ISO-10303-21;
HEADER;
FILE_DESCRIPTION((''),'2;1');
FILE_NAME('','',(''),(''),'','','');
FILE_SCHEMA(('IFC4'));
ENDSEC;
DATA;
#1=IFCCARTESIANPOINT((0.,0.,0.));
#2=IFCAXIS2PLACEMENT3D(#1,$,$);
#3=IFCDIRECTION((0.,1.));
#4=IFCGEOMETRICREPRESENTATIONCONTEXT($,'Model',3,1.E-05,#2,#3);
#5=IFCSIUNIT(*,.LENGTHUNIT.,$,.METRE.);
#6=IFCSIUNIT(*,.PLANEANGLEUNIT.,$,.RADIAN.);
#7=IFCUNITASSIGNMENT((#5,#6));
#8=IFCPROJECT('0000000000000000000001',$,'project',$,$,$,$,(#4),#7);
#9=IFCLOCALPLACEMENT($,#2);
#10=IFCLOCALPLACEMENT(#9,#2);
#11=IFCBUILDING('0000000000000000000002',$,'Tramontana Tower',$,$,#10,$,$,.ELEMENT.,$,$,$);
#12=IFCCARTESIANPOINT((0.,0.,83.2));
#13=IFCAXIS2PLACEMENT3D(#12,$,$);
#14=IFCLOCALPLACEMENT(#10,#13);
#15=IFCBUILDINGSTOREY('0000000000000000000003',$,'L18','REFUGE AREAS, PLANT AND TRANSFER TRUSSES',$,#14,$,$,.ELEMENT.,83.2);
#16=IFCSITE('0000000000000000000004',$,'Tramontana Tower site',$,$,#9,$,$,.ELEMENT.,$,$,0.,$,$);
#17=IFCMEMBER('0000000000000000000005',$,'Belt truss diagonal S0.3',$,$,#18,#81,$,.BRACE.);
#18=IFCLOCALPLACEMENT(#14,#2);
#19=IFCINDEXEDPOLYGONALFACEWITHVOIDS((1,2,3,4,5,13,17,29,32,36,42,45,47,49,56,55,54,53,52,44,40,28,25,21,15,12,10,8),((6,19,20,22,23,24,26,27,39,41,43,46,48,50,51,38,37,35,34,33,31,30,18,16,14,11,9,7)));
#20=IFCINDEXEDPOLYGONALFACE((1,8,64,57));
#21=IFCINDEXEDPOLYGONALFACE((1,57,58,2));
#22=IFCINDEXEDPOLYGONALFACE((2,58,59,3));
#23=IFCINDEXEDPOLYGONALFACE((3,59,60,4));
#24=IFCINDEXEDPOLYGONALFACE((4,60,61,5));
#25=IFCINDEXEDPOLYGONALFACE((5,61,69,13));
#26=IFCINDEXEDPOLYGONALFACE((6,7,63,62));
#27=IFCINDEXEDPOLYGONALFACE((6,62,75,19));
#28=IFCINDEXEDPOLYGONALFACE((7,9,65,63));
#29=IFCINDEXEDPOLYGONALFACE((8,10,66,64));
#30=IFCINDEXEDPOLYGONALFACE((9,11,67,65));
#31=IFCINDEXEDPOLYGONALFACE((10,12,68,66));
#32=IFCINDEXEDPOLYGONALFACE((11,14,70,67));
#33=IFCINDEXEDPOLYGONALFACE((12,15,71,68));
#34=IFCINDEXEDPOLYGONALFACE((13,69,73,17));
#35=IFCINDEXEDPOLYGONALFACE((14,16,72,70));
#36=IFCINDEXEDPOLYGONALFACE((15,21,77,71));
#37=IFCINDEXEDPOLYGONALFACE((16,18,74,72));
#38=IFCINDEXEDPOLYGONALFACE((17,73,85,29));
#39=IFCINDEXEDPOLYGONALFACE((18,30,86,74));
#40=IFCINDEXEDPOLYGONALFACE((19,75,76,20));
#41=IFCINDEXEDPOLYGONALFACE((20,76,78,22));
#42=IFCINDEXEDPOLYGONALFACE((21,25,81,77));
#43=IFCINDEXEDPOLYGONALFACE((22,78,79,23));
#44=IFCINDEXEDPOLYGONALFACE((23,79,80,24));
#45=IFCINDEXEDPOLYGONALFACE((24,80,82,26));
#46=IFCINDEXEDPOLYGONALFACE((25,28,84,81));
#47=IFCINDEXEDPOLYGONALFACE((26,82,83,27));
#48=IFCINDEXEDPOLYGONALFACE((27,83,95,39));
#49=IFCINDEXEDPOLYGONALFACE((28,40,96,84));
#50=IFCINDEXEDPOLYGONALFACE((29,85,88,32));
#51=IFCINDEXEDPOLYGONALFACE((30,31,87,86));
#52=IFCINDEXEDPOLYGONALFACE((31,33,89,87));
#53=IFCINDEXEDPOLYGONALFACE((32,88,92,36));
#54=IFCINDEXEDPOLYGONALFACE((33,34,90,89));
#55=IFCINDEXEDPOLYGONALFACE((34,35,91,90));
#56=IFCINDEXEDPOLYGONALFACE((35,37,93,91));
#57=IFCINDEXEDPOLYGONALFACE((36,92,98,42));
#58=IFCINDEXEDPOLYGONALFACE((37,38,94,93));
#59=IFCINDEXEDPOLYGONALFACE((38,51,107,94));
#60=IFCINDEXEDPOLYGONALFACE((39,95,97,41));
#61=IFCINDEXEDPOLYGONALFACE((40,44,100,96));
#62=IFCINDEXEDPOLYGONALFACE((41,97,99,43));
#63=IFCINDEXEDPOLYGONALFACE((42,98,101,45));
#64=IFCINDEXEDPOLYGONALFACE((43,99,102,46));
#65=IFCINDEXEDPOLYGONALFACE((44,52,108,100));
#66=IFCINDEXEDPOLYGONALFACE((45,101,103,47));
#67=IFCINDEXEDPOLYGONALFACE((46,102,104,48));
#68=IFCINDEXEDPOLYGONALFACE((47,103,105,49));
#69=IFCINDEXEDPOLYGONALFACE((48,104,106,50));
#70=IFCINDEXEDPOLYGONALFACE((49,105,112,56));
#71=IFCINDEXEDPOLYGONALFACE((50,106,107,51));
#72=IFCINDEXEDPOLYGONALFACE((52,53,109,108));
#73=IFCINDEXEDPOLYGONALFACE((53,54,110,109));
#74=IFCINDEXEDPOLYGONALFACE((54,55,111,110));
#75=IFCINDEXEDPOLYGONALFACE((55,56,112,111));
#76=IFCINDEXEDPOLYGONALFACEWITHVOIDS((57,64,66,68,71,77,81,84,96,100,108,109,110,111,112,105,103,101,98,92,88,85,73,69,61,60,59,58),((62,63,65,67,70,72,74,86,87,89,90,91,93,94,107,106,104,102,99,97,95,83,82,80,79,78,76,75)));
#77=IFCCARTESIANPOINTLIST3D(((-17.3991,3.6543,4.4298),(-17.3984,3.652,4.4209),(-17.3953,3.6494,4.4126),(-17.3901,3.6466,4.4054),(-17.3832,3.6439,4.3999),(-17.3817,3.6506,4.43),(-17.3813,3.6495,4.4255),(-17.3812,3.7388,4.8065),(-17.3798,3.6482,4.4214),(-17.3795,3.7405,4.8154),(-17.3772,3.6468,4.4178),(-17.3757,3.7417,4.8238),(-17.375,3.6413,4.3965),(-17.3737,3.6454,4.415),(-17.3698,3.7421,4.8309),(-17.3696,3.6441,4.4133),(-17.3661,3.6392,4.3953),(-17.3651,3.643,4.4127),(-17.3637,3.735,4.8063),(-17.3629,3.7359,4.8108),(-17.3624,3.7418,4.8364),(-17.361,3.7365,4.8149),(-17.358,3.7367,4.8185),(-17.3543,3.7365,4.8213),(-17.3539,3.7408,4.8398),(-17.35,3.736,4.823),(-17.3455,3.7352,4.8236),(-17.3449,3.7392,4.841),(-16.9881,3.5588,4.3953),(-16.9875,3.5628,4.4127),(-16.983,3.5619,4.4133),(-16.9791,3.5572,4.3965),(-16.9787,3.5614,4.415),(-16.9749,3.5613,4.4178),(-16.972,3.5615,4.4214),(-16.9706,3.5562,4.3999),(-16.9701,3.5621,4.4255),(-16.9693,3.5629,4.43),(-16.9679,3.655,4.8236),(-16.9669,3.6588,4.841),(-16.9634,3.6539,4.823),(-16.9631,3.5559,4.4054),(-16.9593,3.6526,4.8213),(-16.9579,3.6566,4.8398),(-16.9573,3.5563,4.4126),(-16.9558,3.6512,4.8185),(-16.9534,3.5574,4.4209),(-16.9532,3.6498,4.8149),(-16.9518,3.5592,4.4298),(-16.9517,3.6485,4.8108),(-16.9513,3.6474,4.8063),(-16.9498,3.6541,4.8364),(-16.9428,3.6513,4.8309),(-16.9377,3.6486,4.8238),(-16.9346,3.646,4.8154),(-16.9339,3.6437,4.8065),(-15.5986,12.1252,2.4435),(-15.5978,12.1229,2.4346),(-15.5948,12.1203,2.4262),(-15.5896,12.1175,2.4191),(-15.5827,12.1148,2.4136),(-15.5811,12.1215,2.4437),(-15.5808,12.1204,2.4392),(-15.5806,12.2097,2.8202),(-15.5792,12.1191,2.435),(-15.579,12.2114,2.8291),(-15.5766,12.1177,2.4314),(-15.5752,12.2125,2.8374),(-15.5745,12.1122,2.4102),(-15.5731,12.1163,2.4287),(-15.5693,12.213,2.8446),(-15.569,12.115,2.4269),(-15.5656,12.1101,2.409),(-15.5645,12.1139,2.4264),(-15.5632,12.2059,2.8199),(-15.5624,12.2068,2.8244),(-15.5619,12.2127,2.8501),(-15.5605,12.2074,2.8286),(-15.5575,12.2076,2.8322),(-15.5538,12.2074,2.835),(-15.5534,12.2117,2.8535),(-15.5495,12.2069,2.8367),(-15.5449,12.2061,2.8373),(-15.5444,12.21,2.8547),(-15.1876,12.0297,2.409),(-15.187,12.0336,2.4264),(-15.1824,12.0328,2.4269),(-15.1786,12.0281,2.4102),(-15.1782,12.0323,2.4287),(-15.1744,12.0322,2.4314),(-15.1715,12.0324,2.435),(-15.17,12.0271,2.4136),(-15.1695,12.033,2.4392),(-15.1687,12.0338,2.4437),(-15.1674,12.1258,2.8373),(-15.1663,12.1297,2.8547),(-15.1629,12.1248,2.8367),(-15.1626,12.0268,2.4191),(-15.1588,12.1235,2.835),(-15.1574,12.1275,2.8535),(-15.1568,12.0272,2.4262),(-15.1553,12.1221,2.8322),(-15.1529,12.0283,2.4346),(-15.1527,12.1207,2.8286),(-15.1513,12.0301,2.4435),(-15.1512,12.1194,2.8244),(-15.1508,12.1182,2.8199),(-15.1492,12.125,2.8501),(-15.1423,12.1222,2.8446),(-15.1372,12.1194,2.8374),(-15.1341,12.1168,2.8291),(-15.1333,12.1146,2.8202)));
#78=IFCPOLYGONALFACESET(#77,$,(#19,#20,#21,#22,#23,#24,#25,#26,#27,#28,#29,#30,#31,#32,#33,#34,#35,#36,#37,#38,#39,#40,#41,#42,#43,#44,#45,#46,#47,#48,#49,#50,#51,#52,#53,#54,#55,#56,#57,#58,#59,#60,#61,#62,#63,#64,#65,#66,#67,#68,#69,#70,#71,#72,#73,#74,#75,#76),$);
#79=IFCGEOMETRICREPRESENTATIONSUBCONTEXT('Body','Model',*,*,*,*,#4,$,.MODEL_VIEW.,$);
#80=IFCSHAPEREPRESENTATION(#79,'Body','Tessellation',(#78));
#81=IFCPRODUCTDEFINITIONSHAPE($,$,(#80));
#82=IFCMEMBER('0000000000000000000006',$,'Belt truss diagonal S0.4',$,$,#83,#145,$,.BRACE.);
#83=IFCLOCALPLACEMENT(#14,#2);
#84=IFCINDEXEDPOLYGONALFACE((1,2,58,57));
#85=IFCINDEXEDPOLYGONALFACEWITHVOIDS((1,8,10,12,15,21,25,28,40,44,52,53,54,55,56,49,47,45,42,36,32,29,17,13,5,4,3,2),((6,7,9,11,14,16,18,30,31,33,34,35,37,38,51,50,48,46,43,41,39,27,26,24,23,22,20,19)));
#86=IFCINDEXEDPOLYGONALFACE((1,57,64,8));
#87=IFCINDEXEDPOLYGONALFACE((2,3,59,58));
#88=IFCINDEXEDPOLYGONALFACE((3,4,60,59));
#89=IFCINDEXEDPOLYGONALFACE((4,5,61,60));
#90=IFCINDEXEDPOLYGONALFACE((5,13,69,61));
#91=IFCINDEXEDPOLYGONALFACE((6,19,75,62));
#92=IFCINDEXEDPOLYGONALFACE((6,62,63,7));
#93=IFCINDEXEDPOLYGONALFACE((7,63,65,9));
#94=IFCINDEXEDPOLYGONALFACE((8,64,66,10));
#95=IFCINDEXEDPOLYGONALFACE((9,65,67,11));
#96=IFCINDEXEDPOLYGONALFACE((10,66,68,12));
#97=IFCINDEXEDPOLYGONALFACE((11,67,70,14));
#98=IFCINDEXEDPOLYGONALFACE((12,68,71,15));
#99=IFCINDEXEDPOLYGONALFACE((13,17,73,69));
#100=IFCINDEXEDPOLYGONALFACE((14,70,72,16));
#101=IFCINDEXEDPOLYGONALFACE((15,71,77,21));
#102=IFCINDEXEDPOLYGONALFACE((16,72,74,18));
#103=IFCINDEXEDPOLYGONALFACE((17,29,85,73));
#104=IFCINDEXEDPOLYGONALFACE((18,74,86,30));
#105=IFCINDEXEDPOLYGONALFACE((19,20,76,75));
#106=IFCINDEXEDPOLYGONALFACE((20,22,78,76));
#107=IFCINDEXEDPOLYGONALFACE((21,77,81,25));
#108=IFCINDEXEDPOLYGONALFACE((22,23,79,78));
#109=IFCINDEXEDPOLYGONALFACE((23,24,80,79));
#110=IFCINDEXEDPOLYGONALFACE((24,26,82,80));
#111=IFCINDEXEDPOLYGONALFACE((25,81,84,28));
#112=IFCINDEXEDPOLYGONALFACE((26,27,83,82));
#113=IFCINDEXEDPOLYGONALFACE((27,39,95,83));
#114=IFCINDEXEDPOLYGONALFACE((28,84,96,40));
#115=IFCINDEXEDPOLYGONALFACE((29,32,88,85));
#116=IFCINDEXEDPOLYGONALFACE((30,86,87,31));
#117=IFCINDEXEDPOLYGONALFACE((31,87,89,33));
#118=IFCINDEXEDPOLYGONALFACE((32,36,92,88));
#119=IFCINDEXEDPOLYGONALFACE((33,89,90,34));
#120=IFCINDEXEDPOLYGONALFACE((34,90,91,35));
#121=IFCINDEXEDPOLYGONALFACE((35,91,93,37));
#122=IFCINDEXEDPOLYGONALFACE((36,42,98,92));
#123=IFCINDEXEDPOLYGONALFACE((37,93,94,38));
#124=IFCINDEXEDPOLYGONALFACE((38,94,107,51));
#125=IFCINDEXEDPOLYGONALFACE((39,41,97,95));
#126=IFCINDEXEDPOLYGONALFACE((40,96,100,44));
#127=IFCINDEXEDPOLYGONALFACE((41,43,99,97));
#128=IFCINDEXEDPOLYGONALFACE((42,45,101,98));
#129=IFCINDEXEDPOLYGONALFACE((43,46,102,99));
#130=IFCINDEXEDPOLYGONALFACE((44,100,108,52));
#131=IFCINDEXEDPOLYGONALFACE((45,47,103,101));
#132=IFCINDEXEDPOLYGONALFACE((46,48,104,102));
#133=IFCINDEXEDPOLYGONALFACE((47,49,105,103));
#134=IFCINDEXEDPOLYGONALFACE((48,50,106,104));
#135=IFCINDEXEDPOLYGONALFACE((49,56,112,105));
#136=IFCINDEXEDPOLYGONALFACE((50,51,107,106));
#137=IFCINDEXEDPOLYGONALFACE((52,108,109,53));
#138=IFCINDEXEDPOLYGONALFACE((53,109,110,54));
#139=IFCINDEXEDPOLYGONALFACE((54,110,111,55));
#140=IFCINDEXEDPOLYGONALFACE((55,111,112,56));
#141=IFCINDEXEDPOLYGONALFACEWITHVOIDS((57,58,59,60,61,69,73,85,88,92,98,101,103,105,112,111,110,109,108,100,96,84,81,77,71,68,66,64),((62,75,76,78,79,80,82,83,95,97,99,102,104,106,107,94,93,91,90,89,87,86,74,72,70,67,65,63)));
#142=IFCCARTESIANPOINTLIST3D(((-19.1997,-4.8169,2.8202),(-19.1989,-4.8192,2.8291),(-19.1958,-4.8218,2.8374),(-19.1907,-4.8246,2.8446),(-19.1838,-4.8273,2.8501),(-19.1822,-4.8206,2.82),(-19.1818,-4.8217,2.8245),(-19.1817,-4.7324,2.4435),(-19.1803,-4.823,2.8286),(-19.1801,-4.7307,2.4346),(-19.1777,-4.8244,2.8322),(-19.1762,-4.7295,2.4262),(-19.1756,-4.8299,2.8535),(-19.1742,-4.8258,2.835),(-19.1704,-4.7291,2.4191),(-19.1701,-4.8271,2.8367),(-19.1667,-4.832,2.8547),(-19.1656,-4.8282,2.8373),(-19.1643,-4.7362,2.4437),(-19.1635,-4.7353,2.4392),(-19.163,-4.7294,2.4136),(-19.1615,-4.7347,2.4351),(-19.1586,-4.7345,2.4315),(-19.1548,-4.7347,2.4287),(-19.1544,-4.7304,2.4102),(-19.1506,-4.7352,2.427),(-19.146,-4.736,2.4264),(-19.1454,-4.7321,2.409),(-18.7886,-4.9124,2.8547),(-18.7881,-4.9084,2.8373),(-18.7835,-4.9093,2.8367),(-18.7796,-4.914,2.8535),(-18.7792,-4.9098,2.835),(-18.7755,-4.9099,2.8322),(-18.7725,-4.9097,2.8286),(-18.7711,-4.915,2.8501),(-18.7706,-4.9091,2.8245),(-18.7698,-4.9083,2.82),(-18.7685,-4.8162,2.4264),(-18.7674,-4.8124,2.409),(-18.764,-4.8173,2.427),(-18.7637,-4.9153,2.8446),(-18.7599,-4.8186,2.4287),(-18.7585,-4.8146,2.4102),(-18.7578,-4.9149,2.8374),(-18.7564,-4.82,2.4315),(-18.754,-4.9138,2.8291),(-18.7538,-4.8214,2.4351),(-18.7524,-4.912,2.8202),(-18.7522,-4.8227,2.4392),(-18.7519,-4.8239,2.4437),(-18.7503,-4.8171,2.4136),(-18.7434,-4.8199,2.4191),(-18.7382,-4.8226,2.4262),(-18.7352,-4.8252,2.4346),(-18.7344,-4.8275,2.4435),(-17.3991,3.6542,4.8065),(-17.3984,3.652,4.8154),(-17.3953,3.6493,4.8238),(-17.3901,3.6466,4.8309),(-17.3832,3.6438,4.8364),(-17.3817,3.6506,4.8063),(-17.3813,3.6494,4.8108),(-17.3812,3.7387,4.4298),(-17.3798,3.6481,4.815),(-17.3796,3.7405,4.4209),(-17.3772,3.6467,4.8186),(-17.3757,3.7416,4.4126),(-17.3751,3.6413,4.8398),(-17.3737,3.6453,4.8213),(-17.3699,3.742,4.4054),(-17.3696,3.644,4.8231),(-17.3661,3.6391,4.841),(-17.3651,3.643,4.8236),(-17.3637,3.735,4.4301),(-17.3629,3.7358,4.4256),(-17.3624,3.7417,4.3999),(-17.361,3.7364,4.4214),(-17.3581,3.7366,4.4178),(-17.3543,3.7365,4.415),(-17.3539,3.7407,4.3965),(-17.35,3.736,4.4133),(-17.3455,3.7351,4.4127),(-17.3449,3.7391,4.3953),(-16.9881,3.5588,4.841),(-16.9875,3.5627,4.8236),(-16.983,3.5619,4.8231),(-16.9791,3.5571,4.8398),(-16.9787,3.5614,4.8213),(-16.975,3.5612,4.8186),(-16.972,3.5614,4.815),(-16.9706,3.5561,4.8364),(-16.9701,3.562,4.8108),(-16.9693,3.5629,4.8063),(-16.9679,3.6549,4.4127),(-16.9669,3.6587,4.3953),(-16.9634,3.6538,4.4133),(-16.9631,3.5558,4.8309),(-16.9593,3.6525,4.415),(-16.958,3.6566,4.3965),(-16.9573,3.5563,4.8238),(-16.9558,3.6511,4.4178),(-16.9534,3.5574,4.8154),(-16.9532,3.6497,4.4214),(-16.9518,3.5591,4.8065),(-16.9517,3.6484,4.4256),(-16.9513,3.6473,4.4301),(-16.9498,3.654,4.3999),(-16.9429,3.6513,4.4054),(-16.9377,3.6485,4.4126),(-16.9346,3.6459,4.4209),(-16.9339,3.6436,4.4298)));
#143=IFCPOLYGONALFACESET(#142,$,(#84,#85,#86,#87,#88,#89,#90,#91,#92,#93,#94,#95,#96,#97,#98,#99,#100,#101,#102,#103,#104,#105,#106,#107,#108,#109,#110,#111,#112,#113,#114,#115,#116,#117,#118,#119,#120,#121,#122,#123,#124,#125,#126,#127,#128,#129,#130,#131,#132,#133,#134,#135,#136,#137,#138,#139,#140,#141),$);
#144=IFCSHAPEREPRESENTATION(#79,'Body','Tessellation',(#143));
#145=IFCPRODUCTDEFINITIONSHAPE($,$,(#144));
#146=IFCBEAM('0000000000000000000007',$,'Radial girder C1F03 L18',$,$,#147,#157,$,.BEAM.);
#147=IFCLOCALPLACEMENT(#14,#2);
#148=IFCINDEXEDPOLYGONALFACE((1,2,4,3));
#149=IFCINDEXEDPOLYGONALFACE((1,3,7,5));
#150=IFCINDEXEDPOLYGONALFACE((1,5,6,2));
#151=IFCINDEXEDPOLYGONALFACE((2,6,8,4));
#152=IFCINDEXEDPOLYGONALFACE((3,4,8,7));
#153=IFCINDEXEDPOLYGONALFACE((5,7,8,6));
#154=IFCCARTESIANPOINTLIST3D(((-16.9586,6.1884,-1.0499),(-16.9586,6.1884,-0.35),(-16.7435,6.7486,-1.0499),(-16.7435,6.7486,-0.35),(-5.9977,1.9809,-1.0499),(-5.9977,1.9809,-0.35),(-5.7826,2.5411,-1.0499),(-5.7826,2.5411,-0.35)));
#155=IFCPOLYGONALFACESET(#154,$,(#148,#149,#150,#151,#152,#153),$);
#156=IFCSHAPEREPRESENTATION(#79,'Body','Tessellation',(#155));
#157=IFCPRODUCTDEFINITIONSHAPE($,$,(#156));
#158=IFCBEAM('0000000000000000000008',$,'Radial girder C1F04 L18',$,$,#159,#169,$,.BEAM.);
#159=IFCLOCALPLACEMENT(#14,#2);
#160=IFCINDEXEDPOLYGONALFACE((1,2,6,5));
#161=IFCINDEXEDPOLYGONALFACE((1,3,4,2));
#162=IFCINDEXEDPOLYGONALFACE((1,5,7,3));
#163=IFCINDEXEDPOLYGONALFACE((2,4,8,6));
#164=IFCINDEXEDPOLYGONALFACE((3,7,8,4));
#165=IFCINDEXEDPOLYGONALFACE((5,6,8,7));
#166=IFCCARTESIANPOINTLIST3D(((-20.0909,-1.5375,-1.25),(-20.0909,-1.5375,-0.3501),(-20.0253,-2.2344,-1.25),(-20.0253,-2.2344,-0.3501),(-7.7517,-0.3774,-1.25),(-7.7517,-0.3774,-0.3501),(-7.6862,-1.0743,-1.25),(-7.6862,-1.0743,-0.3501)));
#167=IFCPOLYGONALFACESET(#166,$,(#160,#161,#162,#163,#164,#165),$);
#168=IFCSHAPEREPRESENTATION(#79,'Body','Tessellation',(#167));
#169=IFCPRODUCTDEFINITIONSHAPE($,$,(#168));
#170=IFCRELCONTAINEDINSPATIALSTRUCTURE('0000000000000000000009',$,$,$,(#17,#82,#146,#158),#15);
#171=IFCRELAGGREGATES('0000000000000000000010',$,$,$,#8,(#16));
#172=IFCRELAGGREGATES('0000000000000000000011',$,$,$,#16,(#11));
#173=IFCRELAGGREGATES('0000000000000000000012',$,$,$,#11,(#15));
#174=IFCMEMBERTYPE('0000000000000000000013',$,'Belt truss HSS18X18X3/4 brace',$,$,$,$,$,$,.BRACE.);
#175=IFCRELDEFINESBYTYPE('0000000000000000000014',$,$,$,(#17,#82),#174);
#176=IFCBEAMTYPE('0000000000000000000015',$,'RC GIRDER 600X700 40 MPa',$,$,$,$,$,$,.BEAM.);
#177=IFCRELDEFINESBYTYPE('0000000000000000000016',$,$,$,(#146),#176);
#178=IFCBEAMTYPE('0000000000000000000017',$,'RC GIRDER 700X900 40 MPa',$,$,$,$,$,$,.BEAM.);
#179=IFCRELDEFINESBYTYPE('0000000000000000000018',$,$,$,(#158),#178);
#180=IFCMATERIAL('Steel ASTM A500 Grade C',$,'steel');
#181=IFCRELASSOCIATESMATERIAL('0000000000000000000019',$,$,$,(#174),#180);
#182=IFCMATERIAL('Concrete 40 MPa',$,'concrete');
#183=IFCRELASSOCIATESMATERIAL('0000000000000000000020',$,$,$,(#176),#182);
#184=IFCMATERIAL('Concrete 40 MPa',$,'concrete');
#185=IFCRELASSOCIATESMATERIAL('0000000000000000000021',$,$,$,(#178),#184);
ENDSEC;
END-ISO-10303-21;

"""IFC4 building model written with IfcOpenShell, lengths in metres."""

from ifc_helpers import new_model, si_unit, direction, frame, origin, origin_2d, place, context, subcontext, project, spatial, rectangle, hollow_rectangle, extrude, material, material_profile, profile_set, type_object, element, save


model = new_model("IFC4")

# Units and contexts
model_context = context("Model", 3, precision=1e-05, world=origin(), true_north=direction((0.0, 1.0)))
body_context = subcontext(model_context, "Body", "Model", "MODEL_VIEW")
ifc_project = project(units=[si_unit("LENGTHUNIT", "METRE"), si_unit("PLANEANGLEUNIT", "RADIAN")], contexts=[model_context])

# Site, building, storey
site_placement = place(None, origin())
site = spatial("IfcSite", under=ifc_project, at=site_placement, Name="Tramontana Tower site", CompositionType="ELEMENT", RefElevation=0.0)
building_placement = place(site_placement, origin())
building = spatial("IfcBuilding", under=site, at=building_placement, Name="Tramontana Tower", CompositionType="ELEMENT")
storey_placement = place(building_placement, frame((0.0, 0.0, 83.2)))
storey = spatial("IfcBuildingStorey", under=building, at=storey_placement, Name="L18", Description="REFUGE AREAS, PLANT AND TRANSFER TRUSSES", CompositionType="ELEMENT", Elevation=83.2)

# Members
ifc_material_1 = material(Name="Steel ASTM A500 Grade C", Category="steel")
ifc_material_profile_1 = material_profile(ifc_material_1, hollow_rectangle(XDim=0.4573, YDim=0.4573, WallThickness=0.0178, InnerFilletRadius=0.0178, OuterFilletRadius=0.0354, at=origin_2d()), Name="HSS18X18X3/4")
ifc_profile_set_1 = profile_set([ifc_material_profile_1], Name="Steel ASTM A500 Grade C")
member_type_1 = type_object("IfcMemberType", Name="Belt truss HSS18X18X3/4 brace", PredefinedType="BRACE", material=ifc_profile_set_1)
member_1_placement = place(storey_placement, frame((-15.366, 12.1199, 2.6318), z_axis=(-0.202648, -0.953392, 0.223558), x_axis=(0.978148, -0.20791, 0.0)))
element("IfcMember", 1, at=member_1_placement, inside=storey, type_object=member_type_1, Name="Belt truss diagonal S0.3", PredefinedType="BRACE", context=body_context, shape_type="SweptSolid", body=[
    extrude(hollow_rectangle(XDim=0.4573, YDim=0.4573, WallThickness=0.0178, InnerFilletRadius=0.0178, OuterFilletRadius=0.0354, at=origin_2d()), origin(), (0.0, 0.0, 1.0), 8.885),
])
member_2_placement = place(storey_placement, frame((-17.1665, 3.6489, 4.6182), z_axis=(-0.202642, -0.953394, -0.223552), x_axis=(0.978149, -0.207904, 0.0)))
element("IfcMember", 2, at=member_2_placement, inside=storey, type_object=member_type_1, Name="Belt truss diagonal S0.4", PredefinedType="BRACE", context=body_context, shape_type="SweptSolid", body=[
    extrude(hollow_rectangle(XDim=0.4573, YDim=0.4573, WallThickness=0.0178, InnerFilletRadius=0.0178, OuterFilletRadius=0.0354, at=origin_2d()), origin(), (0.0, 0.0, 1.0), 8.8853),
])

# Beams
ifc_material_2 = material(Name="Concrete 40 MPa", Category="concrete")
ifc_material_profile_2 = material_profile(ifc_material_2, rectangle(XDim=0.6001, YDim=0.7, at=origin_2d()), Name="RC GIRDER 600X700 40 MPa")
ifc_profile_set_2 = profile_set([ifc_material_profile_2], Name="Concrete 40 MPa")
beam_type_1 = type_object("IfcBeamType", Name="RC GIRDER 600X700 40 MPa", PredefinedType="BEAM", material=ifc_profile_set_2)
beam_1_placement = place(storey_placement, frame((-16.8511, 6.4685, -0.7), z_axis=(0.93358, -0.358369, 0.0), x_axis=(0.358369, 0.93358, 0.0)))
element("IfcBeam", 3, at=beam_1_placement, inside=storey, type_object=beam_type_1, Name="Radial girder C1F03 L18", PredefinedType="BEAM", context=body_context, shape_type="SweptSolid", body=[
    extrude(rectangle(XDim=0.6001, YDim=0.7, at=origin_2d()), origin(), (0.0, 0.0, 1.0), 11.7407),
])
ifc_material_3 = material(Name="Concrete 40 MPa", Category="concrete")
ifc_material_profile_3 = material_profile(ifc_material_3, rectangle(XDim=0.7, YDim=0.8999, at=origin_2d()), Name="RC GIRDER 700X900 40 MPa")
ifc_profile_set_3 = profile_set([ifc_material_profile_3], Name="Concrete 40 MPa")
beam_type_2 = type_object("IfcBeamType", Name="RC GIRDER 700X900 40 MPa", PredefinedType="BEAM", material=ifc_profile_set_3)
beam_2_placement = place(storey_placement, frame((-20.0581, -1.886, -0.8), z_axis=(0.995609, 0.09361, 0.0), x_axis=(-0.09361, 0.995609, 0.0)))
element("IfcBeam", 4, at=beam_2_placement, inside=storey, type_object=beam_type_2, Name="Radial girder C1F04 L18", PredefinedType="BEAM", context=body_context, shape_type="SweptSolid", body=[
    extrude(rectangle(XDim=0.7, YDim=0.8999, at=origin_2d()), origin(), (0.0, 0.0, 1.0), 12.3936),
])

save(model, "model.ifc")
